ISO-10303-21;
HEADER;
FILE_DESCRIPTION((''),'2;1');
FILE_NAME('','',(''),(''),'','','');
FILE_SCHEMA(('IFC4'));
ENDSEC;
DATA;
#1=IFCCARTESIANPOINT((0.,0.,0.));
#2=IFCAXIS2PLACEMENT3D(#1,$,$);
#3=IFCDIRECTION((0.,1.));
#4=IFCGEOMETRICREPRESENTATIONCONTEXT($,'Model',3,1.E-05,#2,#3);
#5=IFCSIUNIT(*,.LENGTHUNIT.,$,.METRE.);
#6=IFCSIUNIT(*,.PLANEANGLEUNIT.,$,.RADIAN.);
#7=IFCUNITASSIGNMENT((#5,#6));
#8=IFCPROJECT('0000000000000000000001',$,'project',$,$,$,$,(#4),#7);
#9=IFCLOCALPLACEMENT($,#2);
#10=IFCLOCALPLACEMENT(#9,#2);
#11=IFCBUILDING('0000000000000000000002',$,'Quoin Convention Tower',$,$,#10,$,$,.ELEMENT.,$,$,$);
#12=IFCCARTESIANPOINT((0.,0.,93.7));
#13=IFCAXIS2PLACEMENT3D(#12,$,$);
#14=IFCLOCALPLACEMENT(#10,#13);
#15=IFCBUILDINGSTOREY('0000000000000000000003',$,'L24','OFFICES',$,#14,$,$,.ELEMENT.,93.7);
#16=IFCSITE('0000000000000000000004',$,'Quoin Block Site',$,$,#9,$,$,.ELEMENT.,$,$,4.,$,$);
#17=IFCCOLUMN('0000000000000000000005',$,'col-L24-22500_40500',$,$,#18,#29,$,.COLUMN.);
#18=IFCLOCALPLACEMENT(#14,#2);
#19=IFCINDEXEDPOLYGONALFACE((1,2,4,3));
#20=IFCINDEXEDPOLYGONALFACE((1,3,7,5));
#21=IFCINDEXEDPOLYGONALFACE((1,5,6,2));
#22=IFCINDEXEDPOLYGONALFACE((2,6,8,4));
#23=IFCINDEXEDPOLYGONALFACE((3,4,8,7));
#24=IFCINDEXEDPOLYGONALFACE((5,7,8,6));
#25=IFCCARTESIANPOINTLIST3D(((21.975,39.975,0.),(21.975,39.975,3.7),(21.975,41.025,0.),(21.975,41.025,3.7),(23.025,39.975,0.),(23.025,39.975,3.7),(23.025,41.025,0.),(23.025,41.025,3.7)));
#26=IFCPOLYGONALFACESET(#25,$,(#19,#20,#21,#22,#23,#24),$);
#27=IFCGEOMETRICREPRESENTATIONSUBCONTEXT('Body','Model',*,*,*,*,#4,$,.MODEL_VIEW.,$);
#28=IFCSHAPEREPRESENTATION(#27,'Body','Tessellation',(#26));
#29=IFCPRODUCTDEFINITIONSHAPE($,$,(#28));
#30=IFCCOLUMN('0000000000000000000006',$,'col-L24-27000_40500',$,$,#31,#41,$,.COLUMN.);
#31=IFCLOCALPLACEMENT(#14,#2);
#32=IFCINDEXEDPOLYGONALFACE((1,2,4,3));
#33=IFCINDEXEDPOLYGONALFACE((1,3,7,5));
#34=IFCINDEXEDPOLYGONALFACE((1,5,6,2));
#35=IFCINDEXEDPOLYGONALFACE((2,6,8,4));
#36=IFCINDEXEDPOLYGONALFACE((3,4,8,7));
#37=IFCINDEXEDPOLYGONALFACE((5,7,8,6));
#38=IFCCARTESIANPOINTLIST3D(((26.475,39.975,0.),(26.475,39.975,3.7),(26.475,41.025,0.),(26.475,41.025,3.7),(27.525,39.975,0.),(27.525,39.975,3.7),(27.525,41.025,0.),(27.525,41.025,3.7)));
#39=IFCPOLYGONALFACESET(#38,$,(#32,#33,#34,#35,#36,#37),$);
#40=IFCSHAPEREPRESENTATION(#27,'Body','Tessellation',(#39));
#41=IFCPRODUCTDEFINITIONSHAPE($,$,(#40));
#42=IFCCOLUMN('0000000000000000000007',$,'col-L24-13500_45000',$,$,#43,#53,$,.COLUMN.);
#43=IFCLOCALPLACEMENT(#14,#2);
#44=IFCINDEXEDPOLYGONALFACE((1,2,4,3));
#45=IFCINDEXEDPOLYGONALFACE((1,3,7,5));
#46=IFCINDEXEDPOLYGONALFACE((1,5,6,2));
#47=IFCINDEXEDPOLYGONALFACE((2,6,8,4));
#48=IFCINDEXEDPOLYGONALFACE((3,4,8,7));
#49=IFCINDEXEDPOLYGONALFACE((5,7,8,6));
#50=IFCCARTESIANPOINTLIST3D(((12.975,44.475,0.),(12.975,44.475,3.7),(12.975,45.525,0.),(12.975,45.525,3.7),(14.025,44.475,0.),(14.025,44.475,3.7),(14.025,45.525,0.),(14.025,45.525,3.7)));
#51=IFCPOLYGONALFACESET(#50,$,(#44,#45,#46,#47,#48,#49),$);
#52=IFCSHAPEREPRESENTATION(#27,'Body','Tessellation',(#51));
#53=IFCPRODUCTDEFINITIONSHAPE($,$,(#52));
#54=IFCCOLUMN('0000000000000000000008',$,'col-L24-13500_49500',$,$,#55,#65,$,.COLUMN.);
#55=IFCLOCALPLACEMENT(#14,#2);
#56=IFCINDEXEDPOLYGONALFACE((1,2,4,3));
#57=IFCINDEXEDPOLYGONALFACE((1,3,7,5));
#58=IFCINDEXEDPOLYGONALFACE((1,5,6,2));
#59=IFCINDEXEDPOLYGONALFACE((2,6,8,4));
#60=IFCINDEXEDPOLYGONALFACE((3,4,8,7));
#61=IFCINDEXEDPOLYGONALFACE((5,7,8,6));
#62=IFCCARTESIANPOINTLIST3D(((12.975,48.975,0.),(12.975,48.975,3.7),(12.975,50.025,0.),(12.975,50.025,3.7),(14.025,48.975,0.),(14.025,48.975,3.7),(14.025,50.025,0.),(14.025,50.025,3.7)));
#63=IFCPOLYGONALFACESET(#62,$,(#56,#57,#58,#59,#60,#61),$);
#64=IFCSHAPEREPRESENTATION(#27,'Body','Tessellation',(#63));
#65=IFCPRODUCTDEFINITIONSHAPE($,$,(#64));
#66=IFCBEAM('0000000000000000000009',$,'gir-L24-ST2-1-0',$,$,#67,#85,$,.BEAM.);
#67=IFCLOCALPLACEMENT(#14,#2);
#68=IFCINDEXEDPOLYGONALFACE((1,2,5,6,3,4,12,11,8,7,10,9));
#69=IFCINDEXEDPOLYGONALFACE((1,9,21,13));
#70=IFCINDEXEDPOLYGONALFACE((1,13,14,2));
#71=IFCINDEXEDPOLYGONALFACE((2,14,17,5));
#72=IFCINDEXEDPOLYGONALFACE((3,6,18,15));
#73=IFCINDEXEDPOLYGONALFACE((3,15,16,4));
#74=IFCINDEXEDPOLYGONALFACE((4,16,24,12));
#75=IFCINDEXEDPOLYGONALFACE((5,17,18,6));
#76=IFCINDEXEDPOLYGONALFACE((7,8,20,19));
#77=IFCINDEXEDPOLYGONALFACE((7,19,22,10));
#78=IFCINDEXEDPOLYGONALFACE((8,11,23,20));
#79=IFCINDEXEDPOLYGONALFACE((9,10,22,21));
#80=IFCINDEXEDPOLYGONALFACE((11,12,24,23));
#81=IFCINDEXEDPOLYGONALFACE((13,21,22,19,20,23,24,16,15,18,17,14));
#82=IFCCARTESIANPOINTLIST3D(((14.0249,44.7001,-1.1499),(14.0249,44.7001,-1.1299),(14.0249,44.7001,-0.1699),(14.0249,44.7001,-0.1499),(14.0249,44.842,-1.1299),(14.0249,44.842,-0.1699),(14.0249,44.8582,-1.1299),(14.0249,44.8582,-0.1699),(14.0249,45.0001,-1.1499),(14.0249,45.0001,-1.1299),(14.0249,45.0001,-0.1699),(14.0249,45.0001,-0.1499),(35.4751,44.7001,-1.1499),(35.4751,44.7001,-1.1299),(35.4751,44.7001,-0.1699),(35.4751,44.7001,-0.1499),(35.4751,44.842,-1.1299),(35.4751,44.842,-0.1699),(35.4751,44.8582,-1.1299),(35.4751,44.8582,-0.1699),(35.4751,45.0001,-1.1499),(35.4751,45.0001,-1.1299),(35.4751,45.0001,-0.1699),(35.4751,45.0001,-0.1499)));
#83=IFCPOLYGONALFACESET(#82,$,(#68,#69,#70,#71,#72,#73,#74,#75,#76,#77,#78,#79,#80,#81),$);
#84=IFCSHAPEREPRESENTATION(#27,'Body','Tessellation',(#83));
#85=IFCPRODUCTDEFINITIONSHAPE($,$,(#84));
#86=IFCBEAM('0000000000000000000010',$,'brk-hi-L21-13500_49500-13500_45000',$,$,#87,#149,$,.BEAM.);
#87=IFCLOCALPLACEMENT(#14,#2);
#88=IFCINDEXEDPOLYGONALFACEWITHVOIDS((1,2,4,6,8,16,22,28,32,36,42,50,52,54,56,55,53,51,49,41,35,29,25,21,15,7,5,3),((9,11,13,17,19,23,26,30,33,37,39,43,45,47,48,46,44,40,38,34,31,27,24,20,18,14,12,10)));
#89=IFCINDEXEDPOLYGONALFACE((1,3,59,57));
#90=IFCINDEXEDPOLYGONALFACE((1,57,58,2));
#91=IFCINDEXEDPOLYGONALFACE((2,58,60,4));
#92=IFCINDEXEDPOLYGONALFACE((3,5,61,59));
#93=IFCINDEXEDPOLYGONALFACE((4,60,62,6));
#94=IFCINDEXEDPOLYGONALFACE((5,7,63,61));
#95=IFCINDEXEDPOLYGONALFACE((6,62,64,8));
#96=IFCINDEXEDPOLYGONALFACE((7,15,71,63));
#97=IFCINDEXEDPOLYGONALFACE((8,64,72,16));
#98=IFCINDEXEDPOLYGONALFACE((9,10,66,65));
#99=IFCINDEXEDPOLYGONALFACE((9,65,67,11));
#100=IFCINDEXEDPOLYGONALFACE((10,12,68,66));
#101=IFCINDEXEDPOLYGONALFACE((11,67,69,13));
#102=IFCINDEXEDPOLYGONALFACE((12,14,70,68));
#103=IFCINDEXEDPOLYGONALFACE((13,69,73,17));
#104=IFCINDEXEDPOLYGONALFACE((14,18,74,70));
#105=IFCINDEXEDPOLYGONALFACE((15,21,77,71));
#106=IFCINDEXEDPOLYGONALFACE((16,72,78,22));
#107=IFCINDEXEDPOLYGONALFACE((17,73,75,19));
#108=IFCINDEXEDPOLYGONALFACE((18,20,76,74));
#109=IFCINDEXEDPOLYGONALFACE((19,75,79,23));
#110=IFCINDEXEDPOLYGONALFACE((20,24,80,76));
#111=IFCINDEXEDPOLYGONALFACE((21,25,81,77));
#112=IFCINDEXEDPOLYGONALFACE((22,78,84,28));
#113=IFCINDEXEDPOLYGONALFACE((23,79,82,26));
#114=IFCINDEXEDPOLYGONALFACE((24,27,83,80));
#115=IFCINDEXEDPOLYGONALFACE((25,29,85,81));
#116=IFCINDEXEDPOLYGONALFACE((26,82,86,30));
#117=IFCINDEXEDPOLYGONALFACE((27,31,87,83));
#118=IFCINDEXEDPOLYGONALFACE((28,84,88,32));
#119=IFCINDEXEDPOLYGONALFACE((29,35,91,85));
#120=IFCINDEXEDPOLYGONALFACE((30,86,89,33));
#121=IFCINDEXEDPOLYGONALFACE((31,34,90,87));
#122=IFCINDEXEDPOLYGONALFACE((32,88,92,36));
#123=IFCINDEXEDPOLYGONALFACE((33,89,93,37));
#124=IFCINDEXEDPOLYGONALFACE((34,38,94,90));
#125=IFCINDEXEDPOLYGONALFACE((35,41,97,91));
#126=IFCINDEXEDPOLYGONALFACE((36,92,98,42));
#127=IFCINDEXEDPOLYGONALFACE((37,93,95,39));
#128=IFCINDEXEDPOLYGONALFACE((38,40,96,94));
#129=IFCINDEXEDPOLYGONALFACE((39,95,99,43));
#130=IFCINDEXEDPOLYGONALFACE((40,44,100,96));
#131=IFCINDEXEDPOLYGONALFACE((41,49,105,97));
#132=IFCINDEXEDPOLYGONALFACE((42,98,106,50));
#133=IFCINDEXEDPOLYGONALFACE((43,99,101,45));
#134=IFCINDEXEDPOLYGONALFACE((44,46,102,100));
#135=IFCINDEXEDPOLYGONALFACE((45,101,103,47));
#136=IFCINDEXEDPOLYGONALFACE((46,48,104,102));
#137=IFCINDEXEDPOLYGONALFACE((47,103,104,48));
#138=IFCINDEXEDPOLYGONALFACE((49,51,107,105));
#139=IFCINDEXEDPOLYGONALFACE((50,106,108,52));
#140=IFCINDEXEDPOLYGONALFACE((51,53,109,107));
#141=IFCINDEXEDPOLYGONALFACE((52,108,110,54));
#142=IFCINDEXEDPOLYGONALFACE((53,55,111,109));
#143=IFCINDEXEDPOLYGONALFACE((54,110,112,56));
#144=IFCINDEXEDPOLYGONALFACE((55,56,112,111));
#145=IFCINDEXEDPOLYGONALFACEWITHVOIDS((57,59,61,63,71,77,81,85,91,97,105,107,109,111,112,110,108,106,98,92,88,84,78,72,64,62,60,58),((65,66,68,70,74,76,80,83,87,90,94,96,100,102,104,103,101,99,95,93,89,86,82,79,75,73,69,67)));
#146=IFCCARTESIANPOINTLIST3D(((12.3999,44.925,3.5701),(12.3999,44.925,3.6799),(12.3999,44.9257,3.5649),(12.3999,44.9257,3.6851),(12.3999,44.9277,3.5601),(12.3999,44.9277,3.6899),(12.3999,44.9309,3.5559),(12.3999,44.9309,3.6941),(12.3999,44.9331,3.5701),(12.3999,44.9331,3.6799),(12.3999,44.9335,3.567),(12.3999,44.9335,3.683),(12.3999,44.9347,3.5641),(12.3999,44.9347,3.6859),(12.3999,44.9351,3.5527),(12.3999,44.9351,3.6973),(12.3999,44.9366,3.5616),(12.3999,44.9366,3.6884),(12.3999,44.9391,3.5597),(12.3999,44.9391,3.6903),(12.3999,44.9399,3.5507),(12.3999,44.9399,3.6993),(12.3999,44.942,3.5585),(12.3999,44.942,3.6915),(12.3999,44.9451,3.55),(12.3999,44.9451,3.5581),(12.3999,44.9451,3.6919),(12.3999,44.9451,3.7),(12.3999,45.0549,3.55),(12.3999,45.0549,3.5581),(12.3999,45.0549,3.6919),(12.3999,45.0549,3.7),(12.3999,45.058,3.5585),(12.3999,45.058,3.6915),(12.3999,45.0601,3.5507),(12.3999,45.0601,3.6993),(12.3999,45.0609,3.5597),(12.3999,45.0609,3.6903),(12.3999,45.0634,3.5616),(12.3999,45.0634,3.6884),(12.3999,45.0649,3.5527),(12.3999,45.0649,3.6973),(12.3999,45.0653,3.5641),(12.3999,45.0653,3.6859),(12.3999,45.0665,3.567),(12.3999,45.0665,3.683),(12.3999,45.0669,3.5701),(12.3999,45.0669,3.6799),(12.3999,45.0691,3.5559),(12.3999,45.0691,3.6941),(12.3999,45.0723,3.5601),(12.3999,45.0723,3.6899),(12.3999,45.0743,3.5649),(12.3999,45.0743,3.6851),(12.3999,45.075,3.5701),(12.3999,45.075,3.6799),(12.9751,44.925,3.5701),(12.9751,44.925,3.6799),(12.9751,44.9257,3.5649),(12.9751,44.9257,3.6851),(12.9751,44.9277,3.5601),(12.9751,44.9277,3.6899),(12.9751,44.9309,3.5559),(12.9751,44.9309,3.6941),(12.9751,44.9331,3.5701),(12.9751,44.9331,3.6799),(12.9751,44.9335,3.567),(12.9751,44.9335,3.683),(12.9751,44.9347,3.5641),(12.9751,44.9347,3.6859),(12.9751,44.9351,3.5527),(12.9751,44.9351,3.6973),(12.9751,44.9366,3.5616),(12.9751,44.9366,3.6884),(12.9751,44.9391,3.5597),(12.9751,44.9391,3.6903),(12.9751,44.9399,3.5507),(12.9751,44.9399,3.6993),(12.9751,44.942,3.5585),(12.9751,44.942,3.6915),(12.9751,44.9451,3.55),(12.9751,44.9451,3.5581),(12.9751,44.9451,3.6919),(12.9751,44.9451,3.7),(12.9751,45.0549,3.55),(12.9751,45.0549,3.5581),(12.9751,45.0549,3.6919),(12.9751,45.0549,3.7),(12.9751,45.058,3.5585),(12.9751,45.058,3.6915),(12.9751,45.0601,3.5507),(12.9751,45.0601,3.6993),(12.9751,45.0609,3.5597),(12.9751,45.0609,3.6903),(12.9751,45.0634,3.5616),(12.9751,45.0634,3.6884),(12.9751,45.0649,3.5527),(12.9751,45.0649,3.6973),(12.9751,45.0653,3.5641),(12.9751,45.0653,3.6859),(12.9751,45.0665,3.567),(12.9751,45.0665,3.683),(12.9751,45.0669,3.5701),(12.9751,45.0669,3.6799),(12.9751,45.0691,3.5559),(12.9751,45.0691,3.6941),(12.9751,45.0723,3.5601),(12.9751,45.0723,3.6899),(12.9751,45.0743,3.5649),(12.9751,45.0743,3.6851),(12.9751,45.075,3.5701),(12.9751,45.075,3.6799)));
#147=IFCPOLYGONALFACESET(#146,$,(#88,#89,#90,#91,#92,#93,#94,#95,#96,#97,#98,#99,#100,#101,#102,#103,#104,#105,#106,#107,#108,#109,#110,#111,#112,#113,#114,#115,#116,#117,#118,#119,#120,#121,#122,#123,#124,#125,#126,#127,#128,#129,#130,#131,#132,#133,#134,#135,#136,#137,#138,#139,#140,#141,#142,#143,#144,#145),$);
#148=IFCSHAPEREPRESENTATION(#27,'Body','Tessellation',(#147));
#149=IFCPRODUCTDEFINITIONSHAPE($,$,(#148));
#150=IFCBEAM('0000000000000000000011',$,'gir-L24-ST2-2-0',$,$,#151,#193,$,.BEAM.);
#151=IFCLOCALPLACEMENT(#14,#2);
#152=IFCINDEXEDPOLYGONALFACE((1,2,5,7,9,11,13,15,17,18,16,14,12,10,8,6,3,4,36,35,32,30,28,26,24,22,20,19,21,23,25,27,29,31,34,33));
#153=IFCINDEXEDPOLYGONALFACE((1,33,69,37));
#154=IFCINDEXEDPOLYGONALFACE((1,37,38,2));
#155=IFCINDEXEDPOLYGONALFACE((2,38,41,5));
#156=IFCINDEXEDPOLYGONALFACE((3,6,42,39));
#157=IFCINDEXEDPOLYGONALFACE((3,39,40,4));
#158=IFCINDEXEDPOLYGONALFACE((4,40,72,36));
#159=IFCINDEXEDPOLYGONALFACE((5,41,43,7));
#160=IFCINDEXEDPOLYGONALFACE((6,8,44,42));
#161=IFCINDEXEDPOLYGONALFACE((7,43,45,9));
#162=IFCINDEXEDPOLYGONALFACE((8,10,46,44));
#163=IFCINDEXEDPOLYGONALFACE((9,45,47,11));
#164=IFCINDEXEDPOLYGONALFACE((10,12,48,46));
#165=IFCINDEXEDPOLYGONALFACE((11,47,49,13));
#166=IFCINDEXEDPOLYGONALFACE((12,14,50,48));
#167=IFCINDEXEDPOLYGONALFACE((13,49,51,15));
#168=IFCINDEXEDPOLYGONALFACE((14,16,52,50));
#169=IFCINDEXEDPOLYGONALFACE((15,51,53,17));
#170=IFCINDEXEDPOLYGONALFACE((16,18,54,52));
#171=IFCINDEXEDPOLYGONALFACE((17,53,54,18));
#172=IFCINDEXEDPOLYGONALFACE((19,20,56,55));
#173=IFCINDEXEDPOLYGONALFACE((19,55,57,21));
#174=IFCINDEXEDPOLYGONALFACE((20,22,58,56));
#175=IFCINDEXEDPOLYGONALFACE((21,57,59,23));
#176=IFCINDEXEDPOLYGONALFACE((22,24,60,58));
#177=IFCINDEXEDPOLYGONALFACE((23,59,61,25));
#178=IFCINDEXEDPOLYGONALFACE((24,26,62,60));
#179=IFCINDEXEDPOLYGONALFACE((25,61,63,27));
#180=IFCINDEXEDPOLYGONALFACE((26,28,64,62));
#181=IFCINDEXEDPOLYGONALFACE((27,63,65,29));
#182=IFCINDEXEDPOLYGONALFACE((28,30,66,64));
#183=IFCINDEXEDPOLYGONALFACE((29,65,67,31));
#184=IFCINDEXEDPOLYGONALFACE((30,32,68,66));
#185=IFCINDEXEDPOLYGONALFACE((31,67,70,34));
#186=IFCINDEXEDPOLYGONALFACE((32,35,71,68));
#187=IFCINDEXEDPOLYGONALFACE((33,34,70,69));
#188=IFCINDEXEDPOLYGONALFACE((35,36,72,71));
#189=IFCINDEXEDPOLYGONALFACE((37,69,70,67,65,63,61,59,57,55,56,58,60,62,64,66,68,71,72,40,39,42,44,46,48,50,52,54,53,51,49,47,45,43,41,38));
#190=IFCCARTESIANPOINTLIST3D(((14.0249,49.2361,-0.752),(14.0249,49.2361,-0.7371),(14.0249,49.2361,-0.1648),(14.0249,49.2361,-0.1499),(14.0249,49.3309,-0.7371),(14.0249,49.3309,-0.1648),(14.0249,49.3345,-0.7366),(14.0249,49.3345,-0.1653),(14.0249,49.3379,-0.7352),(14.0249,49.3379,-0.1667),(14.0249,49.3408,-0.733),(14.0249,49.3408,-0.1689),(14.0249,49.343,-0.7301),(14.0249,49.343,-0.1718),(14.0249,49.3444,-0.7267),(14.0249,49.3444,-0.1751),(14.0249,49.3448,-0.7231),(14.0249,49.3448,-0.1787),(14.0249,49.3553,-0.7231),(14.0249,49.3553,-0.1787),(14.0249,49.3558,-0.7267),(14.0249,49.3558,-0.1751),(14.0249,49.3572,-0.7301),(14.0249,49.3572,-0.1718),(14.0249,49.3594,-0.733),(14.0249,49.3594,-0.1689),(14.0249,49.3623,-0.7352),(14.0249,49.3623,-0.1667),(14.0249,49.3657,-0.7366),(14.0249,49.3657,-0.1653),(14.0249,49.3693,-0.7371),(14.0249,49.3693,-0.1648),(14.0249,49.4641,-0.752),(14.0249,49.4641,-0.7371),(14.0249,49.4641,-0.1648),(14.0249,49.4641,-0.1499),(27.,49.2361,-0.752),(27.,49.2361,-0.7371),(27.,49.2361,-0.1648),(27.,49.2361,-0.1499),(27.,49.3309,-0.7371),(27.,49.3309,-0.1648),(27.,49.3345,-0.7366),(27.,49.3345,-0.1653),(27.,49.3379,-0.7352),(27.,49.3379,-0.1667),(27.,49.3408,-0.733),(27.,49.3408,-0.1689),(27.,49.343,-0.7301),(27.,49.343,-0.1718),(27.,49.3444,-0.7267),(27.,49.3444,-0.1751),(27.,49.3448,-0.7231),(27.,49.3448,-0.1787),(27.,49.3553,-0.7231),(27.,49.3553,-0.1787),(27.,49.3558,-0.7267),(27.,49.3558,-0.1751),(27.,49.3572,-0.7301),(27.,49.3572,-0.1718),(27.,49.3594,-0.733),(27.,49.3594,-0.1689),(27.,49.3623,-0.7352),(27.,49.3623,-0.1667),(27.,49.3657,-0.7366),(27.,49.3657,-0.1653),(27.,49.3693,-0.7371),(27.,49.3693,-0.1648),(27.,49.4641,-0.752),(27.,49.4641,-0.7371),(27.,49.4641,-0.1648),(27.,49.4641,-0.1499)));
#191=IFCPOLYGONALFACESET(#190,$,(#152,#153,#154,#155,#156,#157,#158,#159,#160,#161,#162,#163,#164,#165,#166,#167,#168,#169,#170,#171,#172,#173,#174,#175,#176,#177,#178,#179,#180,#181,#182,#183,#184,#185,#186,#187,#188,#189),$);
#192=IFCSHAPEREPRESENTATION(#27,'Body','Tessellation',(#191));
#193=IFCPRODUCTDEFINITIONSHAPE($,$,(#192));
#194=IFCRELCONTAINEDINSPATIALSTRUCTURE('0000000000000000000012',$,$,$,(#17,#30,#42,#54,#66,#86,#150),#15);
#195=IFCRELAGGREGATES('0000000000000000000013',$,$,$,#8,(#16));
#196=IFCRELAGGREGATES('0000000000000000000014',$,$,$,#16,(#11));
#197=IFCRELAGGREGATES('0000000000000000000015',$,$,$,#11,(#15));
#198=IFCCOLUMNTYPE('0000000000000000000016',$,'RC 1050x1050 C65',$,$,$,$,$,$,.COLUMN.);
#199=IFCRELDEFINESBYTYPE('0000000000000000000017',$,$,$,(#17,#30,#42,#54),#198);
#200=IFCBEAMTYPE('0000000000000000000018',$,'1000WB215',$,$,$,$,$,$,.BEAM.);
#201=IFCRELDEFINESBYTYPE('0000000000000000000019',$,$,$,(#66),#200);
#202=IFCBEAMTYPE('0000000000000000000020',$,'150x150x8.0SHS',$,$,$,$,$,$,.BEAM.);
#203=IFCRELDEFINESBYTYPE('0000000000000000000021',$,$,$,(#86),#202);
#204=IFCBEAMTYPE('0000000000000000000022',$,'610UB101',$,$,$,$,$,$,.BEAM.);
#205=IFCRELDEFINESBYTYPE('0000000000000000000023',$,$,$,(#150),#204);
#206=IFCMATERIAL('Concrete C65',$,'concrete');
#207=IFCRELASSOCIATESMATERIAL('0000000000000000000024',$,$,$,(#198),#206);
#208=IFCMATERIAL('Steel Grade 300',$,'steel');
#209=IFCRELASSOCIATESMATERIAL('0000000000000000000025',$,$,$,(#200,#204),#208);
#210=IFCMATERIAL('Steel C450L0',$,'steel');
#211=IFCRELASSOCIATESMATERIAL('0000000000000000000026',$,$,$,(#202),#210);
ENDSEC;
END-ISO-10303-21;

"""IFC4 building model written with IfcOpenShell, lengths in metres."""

from ifc_helpers import new_model, si_unit, direction, frame, origin, origin_2d, place, context, subcontext, project, spatial, rectangle, hollow_rectangle, i_section, extrude, material, material_profile, profile_set, type_object, element, save


model = new_model("IFC4")

# Units and contexts
model_context = context("Model", 3, precision=1e-05, world=origin(), true_north=direction((0.0, 1.0)))
body_context = subcontext(model_context, "Body", "Model", "MODEL_VIEW")
ifc_project = project(units=[si_unit("LENGTHUNIT", "METRE"), si_unit("PLANEANGLEUNIT", "RADIAN")], contexts=[model_context])

# Site, building, storey
site_placement = place(None, origin())
site = spatial("IfcSite", under=ifc_project, at=site_placement, Name="Quoin Block Site", CompositionType="ELEMENT", RefElevation=4.0)
building_placement = place(site_placement, origin())
building = spatial("IfcBuilding", under=site, at=building_placement, Name="Quoin Convention Tower", CompositionType="ELEMENT")
storey_placement = place(building_placement, frame((0.0, 0.0, 93.7)))
storey = spatial("IfcBuildingStorey", under=building, at=storey_placement, Name="L24", Description="OFFICES", CompositionType="ELEMENT", Elevation=93.7)

# Columns
ifc_material_1 = material(Name="Concrete C65", Category="concrete")
ifc_material_profile_1 = material_profile(ifc_material_1, rectangle(XDim=1.05, YDim=1.05, at=origin_2d()), Name="RC 1050x1050")
ifc_profile_set_1 = profile_set([ifc_material_profile_1], Name="Concrete C65")
column_type = type_object("IfcColumnType", Name="RC 1050x1050 C65", PredefinedType="COLUMN", material=ifc_profile_set_1)
for number, where, z_axis, x_axis, name in (
    (1, (22.5, 40.5, 0.0), (0.0, 0.0, 1.0), (1.0, 0.0, 0.0), "col-L24-22500_40500"),
    (2, (27.0, 40.5, 0.0), (0.0, 0.0, 1.0), (1.0, 0.0, 0.0), "col-L24-27000_40500"),
    (3, (13.5, 45.0, 0.0), (0.0, 0.0, 1.0), (1.0, 0.0, 0.0), "col-L24-13500_45000"),
    (4, (13.5, 49.5, 0.0), (0.0, 0.0, 1.0), (1.0, 0.0, 0.0), "col-L24-13500_49500"),
):
    element("IfcColumn", number, at=place(storey_placement, frame(where, z_axis=z_axis, x_axis=x_axis)), inside=storey, type_object=column_type, Name=name, PredefinedType="COLUMN", context=body_context, shape_type="SweptSolid", body=[
        extrude(rectangle(XDim=1.05, YDim=1.05, at=origin_2d()), origin(), (0.0, 0.0, 1.0), 3.7),
    ])

# Beams
ifc_material_2 = material(Name="Steel Grade 300", Category="steel")
ifc_material_profile_2 = material_profile(ifc_material_2, i_section(OverallWidth=0.3, OverallDepth=1.0, WebThickness=0.0161, FlangeThickness=0.02, at=origin_2d()), Name="1000WB215")
ifc_profile_set_2 = profile_set([ifc_material_profile_2], Name="Steel Grade 300")
beam_type_1 = type_object("IfcBeamType", Name="1000WB215", PredefinedType="BEAM", material=ifc_profile_set_2)
beam_1_placement = place(storey_placement, frame((14.0249, 44.8501, -0.6499), z_axis=(1.0, 0.0, 0.0), x_axis=(0.0, 1.0, 0.0)))
element("IfcBeam", 5, at=beam_1_placement, inside=storey, type_object=beam_type_1, Name="gir-L24-ST2-1-0", PredefinedType="BEAM", context=body_context, shape_type="SweptSolid", body=[
    extrude(i_section(OverallWidth=0.3, OverallDepth=1.0, WebThickness=0.0161, FlangeThickness=0.02, at=origin_2d()), origin(), (0.0, 0.0, 1.0), 21.4502),
])
ifc_material_3 = material(Name="Steel C450L0", Category="steel")
ifc_material_profile_3 = material_profile(ifc_material_3, hollow_rectangle(XDim=0.1499, YDim=0.1499, WallThickness=0.0081, InnerFilletRadius=0.012, OuterFilletRadius=0.02, at=origin_2d()), Name="150x150x8.0SHS")
ifc_profile_set_3 = profile_set([ifc_material_profile_3], Name="Steel C450L0")
beam_type_2 = type_object("IfcBeamType", Name="150x150x8.0SHS", PredefinedType="BEAM", material=ifc_profile_set_3)
beam_2_placement = place(storey_placement, frame((12.9751, 45.0, 3.625), z_axis=(-1.0, 0.0, 0.0), x_axis=(0.0, -1.0, 0.0)))
element("IfcBeam", 6, at=beam_2_placement, inside=storey, type_object=beam_type_2, Name="brk-hi-L21-13500_49500-13500_45000", PredefinedType="BEAM", context=body_context, shape_type="SweptSolid", body=[
    extrude(hollow_rectangle(XDim=0.1499, YDim=0.1499, WallThickness=0.0081, InnerFilletRadius=0.012, OuterFilletRadius=0.02, at=origin_2d()), origin(), (0.0, 0.0, 1.0), 0.5752),
])
ifc_material_profile_4 = material_profile(ifc_material_2, i_section(OverallWidth=0.228, OverallDepth=0.6021, WebThickness=0.0105, FlangeThickness=0.0149, FilletRadius=0.0139, at=origin_2d()), Name="610UB101")
ifc_profile_set_4 = profile_set([ifc_material_profile_4], Name="Steel Grade 300")
beam_type_3 = type_object("IfcBeamType", Name="610UB101", PredefinedType="BEAM", material=ifc_profile_set_4)
beam_3_placement = place(storey_placement, frame((14.0249, 49.3501, -0.4509), z_axis=(1.0, 0.0, 0.0), x_axis=(0.0, 1.0, 0.0)))
element("IfcBeam", 7, at=beam_3_placement, inside=storey, type_object=beam_type_3, Name="gir-L24-ST2-2-0", PredefinedType="BEAM", context=body_context, shape_type="SweptSolid", body=[
    extrude(i_section(OverallWidth=0.228, OverallDepth=0.6021, WebThickness=0.0105, FlangeThickness=0.0149, FilletRadius=0.0139, at=origin_2d()), origin(), (0.0, 0.0, 1.0), 12.9751),
])

save(model, "model.ifc")
